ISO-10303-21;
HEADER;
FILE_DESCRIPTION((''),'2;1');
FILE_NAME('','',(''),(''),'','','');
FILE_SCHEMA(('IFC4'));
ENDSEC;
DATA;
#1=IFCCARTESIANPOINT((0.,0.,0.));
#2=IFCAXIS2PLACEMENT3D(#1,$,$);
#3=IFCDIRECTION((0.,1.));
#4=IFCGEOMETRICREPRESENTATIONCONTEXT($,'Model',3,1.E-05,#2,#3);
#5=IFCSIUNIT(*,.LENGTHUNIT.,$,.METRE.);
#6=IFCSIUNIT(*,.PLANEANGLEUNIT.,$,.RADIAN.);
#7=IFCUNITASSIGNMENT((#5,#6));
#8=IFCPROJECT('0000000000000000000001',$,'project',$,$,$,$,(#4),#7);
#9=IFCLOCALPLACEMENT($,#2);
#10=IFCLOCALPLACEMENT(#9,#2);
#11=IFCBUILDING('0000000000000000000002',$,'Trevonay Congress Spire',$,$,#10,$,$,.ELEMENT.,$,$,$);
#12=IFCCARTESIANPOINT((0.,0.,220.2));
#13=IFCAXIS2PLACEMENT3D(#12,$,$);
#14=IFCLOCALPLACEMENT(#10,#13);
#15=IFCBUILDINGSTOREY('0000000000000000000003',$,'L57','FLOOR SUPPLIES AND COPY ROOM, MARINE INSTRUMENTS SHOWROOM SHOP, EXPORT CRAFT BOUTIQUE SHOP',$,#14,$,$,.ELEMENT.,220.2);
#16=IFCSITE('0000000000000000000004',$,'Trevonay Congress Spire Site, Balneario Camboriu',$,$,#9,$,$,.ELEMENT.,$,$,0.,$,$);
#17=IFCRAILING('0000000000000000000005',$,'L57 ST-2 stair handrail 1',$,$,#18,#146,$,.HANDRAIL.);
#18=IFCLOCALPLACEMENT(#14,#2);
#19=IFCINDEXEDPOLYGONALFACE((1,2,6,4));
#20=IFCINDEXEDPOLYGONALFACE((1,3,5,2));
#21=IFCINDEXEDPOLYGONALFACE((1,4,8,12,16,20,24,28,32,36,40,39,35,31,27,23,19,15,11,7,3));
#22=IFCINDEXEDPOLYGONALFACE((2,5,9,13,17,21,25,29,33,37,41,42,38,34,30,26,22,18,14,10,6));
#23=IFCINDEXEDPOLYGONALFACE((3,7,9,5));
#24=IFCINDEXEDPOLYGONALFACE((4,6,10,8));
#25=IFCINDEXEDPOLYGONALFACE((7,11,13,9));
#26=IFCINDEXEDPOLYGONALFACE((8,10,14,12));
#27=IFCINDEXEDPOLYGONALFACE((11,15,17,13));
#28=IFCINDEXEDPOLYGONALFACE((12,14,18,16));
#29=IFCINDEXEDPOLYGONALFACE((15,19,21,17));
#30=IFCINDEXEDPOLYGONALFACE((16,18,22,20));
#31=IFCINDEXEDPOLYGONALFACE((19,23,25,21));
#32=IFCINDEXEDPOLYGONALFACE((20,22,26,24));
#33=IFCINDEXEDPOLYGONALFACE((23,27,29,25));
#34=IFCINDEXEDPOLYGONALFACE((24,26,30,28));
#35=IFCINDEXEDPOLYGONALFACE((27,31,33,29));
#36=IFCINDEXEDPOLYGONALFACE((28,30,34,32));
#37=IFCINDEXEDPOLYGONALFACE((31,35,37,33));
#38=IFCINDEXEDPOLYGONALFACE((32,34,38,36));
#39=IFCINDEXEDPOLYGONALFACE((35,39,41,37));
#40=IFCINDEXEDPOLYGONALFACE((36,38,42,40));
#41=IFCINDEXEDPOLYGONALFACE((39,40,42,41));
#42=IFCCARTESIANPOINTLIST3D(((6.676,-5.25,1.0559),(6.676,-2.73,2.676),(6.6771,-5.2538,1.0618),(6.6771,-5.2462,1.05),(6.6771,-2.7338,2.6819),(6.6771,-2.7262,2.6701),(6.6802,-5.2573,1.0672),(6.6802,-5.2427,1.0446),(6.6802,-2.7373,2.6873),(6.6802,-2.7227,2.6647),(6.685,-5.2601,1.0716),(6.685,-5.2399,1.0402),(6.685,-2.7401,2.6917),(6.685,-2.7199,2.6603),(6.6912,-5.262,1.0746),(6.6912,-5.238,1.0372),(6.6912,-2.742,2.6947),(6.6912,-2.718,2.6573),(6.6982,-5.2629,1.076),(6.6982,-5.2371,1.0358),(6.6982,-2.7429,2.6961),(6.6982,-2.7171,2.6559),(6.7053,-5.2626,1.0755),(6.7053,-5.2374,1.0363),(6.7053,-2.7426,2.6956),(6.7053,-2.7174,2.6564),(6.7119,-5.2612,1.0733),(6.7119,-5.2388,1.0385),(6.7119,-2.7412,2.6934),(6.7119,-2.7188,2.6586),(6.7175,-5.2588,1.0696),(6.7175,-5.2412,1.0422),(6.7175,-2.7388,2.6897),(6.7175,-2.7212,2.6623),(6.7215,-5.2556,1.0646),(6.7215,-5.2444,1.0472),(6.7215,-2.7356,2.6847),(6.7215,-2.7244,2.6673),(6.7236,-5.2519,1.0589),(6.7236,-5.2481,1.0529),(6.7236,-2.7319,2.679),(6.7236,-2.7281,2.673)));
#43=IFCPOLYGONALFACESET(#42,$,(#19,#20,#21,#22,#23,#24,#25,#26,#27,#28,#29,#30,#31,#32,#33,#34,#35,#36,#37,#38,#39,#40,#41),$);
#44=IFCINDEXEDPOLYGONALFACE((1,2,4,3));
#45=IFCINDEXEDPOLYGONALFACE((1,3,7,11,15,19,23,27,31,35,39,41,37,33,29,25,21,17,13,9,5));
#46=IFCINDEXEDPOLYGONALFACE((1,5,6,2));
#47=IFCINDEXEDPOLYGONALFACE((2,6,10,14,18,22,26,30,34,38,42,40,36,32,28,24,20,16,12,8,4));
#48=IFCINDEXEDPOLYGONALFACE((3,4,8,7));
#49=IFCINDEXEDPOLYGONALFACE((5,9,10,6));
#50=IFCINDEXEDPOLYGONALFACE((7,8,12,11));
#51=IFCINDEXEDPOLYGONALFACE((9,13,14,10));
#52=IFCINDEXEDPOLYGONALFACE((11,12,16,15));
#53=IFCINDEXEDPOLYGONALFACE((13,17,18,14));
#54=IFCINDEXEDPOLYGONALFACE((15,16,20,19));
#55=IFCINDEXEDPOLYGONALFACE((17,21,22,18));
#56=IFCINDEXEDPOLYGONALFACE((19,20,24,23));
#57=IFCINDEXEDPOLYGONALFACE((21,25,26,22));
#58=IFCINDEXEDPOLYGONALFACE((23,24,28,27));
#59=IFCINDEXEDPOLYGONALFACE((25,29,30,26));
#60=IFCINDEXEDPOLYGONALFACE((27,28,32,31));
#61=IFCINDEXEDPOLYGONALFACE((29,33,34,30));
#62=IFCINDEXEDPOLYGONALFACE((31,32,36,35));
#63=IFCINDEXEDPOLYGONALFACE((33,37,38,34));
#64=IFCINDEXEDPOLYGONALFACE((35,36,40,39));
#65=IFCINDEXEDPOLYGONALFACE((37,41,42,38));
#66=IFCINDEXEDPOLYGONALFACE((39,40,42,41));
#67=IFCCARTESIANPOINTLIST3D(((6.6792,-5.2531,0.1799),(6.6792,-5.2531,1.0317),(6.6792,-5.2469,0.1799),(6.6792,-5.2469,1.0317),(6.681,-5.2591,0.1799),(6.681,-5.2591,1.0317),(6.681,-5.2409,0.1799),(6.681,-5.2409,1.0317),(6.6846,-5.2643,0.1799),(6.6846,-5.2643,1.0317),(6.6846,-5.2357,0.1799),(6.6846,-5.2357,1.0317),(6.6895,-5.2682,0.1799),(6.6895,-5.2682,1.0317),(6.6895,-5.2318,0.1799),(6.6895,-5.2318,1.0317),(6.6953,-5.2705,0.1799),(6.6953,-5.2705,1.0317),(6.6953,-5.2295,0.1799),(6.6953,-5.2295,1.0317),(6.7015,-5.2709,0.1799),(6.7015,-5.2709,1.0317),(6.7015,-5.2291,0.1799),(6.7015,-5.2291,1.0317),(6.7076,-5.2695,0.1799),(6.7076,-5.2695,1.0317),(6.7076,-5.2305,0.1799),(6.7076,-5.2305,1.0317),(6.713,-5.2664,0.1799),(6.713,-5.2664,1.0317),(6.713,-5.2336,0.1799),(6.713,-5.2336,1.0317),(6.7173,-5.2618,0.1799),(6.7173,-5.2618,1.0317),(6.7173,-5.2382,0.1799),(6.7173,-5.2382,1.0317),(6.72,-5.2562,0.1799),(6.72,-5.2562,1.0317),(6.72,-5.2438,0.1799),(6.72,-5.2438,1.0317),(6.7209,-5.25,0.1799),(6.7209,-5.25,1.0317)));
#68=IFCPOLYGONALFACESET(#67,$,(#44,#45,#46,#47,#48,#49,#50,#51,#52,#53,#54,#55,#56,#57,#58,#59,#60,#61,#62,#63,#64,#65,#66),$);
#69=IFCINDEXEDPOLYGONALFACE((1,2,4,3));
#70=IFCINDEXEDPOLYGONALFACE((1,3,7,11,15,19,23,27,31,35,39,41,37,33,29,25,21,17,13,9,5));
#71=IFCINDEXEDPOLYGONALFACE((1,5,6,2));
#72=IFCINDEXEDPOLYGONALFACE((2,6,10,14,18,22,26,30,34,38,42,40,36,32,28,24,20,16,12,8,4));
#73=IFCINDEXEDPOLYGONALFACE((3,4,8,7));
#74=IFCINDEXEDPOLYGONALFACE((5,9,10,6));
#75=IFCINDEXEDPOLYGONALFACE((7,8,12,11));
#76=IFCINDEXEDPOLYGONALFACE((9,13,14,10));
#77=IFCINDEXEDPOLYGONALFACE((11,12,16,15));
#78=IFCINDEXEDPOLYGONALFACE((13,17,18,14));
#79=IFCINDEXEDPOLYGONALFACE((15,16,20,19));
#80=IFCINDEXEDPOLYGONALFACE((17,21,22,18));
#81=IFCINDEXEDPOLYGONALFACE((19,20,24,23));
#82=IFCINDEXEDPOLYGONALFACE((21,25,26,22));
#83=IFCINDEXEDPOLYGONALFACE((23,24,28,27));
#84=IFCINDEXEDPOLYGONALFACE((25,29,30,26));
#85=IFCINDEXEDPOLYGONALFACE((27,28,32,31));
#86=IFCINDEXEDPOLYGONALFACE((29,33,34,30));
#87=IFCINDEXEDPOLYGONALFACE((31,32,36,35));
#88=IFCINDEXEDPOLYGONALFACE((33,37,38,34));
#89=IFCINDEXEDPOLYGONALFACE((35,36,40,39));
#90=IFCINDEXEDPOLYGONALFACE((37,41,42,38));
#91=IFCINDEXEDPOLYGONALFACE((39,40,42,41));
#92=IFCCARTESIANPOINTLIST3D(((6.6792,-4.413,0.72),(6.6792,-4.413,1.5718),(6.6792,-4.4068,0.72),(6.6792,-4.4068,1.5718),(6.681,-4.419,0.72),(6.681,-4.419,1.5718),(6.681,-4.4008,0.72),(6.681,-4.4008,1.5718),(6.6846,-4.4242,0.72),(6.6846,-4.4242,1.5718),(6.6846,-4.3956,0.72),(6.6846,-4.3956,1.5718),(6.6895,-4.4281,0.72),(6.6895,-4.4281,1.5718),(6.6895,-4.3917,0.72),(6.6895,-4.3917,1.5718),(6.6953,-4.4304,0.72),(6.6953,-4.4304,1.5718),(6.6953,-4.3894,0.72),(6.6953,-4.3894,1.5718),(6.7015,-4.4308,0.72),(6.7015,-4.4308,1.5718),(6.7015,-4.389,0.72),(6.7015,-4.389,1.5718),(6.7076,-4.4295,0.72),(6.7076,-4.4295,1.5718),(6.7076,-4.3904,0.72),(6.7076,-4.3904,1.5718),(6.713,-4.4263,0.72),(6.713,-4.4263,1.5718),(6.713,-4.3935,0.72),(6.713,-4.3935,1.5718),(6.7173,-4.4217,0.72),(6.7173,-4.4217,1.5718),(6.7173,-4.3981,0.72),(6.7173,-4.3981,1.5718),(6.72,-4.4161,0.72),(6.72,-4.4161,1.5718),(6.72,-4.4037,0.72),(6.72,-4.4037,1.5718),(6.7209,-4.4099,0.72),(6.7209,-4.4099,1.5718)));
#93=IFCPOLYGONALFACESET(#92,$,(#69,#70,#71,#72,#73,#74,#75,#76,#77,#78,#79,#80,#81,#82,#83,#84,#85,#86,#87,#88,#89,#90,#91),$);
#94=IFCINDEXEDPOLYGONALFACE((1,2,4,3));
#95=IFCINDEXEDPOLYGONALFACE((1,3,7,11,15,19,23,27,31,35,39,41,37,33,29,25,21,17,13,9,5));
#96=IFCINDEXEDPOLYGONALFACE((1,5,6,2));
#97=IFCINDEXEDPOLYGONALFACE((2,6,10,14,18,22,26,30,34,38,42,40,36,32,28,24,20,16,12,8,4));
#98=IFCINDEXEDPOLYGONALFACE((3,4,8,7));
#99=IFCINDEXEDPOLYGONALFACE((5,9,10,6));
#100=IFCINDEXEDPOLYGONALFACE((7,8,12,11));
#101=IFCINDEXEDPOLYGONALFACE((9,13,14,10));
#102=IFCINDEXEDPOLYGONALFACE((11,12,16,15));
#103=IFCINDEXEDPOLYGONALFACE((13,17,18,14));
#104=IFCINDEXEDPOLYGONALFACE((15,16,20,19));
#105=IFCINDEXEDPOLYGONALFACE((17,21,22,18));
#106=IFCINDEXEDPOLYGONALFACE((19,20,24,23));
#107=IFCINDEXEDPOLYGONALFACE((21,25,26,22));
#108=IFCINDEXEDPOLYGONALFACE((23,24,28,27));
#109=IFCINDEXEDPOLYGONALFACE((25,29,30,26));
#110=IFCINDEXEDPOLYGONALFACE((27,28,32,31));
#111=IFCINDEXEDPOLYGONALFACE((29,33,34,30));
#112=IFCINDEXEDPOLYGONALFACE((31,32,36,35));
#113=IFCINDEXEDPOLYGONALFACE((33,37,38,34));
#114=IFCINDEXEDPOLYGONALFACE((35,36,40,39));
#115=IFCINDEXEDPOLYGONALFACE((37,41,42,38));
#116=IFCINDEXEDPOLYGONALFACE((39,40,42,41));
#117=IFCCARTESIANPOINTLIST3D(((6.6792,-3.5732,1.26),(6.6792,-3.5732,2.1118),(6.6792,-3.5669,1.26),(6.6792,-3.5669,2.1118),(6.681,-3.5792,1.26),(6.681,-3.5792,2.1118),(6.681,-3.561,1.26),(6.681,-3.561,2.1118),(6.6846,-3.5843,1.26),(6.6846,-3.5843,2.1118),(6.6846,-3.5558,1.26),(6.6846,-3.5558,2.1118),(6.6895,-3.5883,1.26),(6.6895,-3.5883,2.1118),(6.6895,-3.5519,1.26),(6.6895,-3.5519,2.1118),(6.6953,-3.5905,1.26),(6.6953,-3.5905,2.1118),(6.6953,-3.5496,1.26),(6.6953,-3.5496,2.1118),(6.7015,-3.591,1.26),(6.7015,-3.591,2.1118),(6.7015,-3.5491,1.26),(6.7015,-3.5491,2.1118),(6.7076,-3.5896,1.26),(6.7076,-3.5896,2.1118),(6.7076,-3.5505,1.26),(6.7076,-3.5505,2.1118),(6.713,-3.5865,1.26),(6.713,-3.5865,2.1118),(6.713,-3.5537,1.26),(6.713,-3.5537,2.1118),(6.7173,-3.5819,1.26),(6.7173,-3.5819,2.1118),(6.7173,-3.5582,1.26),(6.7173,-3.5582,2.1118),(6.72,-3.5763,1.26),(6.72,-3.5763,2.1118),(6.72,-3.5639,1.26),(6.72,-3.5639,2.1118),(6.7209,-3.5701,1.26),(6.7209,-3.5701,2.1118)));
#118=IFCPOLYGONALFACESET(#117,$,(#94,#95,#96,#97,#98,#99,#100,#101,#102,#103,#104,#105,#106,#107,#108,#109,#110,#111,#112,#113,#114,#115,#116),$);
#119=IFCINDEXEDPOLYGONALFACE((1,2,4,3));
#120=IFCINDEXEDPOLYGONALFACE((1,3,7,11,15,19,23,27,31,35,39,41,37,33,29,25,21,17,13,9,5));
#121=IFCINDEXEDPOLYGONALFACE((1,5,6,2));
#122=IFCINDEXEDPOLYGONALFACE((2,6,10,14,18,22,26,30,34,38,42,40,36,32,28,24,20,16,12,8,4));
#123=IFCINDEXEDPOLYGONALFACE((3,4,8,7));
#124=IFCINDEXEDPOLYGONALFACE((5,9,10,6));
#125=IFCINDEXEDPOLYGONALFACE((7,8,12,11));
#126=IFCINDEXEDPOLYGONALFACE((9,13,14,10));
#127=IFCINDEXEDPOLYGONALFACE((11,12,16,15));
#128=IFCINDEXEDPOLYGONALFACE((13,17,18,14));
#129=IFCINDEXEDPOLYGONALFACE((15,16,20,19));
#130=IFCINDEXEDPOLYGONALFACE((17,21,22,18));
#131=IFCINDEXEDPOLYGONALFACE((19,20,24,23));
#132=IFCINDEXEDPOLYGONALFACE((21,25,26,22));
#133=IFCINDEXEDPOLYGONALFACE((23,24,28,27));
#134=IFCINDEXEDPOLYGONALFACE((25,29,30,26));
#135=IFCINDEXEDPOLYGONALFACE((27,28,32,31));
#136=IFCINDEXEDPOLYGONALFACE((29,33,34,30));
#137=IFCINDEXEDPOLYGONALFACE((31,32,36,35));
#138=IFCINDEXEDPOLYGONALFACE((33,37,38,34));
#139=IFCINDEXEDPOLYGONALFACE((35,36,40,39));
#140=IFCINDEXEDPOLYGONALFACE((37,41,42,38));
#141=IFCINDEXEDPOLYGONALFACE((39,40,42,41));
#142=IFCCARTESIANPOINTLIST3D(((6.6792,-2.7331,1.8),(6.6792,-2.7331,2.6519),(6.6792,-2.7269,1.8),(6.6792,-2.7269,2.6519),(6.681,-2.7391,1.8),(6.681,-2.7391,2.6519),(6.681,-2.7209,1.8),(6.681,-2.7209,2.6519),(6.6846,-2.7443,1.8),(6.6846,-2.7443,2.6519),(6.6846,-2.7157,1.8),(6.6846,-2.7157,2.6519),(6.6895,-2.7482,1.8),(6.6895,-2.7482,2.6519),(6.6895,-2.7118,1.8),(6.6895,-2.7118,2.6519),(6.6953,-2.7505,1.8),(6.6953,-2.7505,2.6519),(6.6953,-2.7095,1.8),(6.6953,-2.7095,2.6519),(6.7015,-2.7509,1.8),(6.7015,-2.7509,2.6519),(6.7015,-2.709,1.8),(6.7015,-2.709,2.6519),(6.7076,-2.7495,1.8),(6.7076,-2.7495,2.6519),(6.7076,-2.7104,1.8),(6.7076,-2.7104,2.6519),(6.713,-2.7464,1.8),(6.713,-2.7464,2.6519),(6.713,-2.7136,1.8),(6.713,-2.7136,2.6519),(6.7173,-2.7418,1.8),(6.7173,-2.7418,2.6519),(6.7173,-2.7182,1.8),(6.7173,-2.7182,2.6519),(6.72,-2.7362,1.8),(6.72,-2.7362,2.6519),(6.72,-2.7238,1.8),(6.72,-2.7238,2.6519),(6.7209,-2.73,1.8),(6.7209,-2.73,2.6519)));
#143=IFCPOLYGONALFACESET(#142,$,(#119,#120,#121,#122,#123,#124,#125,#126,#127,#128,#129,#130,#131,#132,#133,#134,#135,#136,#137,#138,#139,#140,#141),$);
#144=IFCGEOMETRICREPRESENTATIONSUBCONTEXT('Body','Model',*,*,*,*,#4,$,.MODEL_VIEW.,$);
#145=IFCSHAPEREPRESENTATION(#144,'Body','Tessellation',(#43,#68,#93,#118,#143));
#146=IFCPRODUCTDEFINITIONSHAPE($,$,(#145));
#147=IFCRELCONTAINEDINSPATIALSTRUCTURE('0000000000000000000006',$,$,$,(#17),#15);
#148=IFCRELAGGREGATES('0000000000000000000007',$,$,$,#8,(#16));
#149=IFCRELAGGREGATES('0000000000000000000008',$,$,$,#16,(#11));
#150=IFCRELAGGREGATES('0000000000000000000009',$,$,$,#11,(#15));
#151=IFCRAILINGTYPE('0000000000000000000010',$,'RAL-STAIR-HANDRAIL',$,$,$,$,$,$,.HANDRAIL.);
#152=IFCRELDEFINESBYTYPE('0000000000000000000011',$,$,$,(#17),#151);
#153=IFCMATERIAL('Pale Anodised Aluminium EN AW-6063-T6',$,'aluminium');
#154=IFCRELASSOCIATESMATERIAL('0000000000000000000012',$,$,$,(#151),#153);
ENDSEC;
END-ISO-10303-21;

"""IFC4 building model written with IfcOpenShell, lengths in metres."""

from ifc_helpers import new_model, si_unit, direction, frame, origin, origin_2d, place, context, subcontext, project, spatial, circle, extrude, material, type_object, element, save


model = new_model("IFC4")

# Units and contexts
model_context = context("Model", 3, precision=1e-05, world=origin(), true_north=direction((0.0, 1.0)))
body_context = subcontext(model_context, "Body", "Model", "MODEL_VIEW")
ifc_project = project(units=[si_unit("LENGTHUNIT", "METRE"), si_unit("PLANEANGLEUNIT", "RADIAN")], contexts=[model_context])

# Site, building, storey
site_placement = place(None, origin())
site = spatial("IfcSite", under=ifc_project, at=site_placement, Name="Trevonay Congress Spire Site, Balneario Camboriu", CompositionType="ELEMENT", RefElevation=0.0)
building_placement = place(site_placement, origin())
building = spatial("IfcBuilding", under=site, at=building_placement, Name="Trevonay Congress Spire", CompositionType="ELEMENT")
storey_placement = place(building_placement, frame((0.0, 0.0, 220.2)))
storey = spatial("IfcBuildingStorey", under=building, at=storey_placement, Name="L57", Description="FLOOR SUPPLIES AND COPY ROOM, MARINE INSTRUMENTS SHOWROOM SHOP, EXPORT CRAFT BOUTIQUE SHOP", CompositionType="ELEMENT", Elevation=220.2)

# Shared definitions
ifc_material_1 = material(Name="Pale Anodised Aluminium EN AW-6063-T6", Category="aluminium")

# Railing
railing_type_1 = type_object("IfcRailingType", Name="RAL-STAIR-HANDRAIL", PredefinedType="HANDRAIL", material=ifc_material_1)
railing_1_placement = place(storey_placement, frame((6.7, -5.25, 0.1799)))
element("IfcRailing", 1, at=railing_1_placement, inside=storey, type_object=railing_type_1, Name="L57 ST-2 stair handrail 1", PredefinedType="HANDRAIL", context=body_context, shape_type="SweptSolid", body=[
    extrude(circle(Radius=0.0239, at=origin_2d()), frame((0.0, 0.0, 0.876), z_axis=(0.0, 0.841163, 0.540782), x_axis=(-1.0, 0.0, 0.0)), (0.0, 0.0, 1.0), 2.9958),
    extrude(circle(Radius=0.021, at=origin_2d()), origin(), (0.0, 0.0, 1.0), 0.8518),
    extrude(circle(Radius=0.021, at=origin_2d()), frame((0.0, 0.8401, 0.54)), (0.0, 0.0, 1.0), 0.8518),
    extrude(circle(Radius=0.021, at=origin_2d()), frame((0.0, 1.6799, 1.0801)), (0.0, 0.0, 1.0), 0.8518),
    extrude(circle(Radius=0.021, at=origin_2d()), frame((0.0, 2.52, 1.6201)), (0.0, 0.0, 1.0), 0.8518),
])

save(model, "model.ifc")
